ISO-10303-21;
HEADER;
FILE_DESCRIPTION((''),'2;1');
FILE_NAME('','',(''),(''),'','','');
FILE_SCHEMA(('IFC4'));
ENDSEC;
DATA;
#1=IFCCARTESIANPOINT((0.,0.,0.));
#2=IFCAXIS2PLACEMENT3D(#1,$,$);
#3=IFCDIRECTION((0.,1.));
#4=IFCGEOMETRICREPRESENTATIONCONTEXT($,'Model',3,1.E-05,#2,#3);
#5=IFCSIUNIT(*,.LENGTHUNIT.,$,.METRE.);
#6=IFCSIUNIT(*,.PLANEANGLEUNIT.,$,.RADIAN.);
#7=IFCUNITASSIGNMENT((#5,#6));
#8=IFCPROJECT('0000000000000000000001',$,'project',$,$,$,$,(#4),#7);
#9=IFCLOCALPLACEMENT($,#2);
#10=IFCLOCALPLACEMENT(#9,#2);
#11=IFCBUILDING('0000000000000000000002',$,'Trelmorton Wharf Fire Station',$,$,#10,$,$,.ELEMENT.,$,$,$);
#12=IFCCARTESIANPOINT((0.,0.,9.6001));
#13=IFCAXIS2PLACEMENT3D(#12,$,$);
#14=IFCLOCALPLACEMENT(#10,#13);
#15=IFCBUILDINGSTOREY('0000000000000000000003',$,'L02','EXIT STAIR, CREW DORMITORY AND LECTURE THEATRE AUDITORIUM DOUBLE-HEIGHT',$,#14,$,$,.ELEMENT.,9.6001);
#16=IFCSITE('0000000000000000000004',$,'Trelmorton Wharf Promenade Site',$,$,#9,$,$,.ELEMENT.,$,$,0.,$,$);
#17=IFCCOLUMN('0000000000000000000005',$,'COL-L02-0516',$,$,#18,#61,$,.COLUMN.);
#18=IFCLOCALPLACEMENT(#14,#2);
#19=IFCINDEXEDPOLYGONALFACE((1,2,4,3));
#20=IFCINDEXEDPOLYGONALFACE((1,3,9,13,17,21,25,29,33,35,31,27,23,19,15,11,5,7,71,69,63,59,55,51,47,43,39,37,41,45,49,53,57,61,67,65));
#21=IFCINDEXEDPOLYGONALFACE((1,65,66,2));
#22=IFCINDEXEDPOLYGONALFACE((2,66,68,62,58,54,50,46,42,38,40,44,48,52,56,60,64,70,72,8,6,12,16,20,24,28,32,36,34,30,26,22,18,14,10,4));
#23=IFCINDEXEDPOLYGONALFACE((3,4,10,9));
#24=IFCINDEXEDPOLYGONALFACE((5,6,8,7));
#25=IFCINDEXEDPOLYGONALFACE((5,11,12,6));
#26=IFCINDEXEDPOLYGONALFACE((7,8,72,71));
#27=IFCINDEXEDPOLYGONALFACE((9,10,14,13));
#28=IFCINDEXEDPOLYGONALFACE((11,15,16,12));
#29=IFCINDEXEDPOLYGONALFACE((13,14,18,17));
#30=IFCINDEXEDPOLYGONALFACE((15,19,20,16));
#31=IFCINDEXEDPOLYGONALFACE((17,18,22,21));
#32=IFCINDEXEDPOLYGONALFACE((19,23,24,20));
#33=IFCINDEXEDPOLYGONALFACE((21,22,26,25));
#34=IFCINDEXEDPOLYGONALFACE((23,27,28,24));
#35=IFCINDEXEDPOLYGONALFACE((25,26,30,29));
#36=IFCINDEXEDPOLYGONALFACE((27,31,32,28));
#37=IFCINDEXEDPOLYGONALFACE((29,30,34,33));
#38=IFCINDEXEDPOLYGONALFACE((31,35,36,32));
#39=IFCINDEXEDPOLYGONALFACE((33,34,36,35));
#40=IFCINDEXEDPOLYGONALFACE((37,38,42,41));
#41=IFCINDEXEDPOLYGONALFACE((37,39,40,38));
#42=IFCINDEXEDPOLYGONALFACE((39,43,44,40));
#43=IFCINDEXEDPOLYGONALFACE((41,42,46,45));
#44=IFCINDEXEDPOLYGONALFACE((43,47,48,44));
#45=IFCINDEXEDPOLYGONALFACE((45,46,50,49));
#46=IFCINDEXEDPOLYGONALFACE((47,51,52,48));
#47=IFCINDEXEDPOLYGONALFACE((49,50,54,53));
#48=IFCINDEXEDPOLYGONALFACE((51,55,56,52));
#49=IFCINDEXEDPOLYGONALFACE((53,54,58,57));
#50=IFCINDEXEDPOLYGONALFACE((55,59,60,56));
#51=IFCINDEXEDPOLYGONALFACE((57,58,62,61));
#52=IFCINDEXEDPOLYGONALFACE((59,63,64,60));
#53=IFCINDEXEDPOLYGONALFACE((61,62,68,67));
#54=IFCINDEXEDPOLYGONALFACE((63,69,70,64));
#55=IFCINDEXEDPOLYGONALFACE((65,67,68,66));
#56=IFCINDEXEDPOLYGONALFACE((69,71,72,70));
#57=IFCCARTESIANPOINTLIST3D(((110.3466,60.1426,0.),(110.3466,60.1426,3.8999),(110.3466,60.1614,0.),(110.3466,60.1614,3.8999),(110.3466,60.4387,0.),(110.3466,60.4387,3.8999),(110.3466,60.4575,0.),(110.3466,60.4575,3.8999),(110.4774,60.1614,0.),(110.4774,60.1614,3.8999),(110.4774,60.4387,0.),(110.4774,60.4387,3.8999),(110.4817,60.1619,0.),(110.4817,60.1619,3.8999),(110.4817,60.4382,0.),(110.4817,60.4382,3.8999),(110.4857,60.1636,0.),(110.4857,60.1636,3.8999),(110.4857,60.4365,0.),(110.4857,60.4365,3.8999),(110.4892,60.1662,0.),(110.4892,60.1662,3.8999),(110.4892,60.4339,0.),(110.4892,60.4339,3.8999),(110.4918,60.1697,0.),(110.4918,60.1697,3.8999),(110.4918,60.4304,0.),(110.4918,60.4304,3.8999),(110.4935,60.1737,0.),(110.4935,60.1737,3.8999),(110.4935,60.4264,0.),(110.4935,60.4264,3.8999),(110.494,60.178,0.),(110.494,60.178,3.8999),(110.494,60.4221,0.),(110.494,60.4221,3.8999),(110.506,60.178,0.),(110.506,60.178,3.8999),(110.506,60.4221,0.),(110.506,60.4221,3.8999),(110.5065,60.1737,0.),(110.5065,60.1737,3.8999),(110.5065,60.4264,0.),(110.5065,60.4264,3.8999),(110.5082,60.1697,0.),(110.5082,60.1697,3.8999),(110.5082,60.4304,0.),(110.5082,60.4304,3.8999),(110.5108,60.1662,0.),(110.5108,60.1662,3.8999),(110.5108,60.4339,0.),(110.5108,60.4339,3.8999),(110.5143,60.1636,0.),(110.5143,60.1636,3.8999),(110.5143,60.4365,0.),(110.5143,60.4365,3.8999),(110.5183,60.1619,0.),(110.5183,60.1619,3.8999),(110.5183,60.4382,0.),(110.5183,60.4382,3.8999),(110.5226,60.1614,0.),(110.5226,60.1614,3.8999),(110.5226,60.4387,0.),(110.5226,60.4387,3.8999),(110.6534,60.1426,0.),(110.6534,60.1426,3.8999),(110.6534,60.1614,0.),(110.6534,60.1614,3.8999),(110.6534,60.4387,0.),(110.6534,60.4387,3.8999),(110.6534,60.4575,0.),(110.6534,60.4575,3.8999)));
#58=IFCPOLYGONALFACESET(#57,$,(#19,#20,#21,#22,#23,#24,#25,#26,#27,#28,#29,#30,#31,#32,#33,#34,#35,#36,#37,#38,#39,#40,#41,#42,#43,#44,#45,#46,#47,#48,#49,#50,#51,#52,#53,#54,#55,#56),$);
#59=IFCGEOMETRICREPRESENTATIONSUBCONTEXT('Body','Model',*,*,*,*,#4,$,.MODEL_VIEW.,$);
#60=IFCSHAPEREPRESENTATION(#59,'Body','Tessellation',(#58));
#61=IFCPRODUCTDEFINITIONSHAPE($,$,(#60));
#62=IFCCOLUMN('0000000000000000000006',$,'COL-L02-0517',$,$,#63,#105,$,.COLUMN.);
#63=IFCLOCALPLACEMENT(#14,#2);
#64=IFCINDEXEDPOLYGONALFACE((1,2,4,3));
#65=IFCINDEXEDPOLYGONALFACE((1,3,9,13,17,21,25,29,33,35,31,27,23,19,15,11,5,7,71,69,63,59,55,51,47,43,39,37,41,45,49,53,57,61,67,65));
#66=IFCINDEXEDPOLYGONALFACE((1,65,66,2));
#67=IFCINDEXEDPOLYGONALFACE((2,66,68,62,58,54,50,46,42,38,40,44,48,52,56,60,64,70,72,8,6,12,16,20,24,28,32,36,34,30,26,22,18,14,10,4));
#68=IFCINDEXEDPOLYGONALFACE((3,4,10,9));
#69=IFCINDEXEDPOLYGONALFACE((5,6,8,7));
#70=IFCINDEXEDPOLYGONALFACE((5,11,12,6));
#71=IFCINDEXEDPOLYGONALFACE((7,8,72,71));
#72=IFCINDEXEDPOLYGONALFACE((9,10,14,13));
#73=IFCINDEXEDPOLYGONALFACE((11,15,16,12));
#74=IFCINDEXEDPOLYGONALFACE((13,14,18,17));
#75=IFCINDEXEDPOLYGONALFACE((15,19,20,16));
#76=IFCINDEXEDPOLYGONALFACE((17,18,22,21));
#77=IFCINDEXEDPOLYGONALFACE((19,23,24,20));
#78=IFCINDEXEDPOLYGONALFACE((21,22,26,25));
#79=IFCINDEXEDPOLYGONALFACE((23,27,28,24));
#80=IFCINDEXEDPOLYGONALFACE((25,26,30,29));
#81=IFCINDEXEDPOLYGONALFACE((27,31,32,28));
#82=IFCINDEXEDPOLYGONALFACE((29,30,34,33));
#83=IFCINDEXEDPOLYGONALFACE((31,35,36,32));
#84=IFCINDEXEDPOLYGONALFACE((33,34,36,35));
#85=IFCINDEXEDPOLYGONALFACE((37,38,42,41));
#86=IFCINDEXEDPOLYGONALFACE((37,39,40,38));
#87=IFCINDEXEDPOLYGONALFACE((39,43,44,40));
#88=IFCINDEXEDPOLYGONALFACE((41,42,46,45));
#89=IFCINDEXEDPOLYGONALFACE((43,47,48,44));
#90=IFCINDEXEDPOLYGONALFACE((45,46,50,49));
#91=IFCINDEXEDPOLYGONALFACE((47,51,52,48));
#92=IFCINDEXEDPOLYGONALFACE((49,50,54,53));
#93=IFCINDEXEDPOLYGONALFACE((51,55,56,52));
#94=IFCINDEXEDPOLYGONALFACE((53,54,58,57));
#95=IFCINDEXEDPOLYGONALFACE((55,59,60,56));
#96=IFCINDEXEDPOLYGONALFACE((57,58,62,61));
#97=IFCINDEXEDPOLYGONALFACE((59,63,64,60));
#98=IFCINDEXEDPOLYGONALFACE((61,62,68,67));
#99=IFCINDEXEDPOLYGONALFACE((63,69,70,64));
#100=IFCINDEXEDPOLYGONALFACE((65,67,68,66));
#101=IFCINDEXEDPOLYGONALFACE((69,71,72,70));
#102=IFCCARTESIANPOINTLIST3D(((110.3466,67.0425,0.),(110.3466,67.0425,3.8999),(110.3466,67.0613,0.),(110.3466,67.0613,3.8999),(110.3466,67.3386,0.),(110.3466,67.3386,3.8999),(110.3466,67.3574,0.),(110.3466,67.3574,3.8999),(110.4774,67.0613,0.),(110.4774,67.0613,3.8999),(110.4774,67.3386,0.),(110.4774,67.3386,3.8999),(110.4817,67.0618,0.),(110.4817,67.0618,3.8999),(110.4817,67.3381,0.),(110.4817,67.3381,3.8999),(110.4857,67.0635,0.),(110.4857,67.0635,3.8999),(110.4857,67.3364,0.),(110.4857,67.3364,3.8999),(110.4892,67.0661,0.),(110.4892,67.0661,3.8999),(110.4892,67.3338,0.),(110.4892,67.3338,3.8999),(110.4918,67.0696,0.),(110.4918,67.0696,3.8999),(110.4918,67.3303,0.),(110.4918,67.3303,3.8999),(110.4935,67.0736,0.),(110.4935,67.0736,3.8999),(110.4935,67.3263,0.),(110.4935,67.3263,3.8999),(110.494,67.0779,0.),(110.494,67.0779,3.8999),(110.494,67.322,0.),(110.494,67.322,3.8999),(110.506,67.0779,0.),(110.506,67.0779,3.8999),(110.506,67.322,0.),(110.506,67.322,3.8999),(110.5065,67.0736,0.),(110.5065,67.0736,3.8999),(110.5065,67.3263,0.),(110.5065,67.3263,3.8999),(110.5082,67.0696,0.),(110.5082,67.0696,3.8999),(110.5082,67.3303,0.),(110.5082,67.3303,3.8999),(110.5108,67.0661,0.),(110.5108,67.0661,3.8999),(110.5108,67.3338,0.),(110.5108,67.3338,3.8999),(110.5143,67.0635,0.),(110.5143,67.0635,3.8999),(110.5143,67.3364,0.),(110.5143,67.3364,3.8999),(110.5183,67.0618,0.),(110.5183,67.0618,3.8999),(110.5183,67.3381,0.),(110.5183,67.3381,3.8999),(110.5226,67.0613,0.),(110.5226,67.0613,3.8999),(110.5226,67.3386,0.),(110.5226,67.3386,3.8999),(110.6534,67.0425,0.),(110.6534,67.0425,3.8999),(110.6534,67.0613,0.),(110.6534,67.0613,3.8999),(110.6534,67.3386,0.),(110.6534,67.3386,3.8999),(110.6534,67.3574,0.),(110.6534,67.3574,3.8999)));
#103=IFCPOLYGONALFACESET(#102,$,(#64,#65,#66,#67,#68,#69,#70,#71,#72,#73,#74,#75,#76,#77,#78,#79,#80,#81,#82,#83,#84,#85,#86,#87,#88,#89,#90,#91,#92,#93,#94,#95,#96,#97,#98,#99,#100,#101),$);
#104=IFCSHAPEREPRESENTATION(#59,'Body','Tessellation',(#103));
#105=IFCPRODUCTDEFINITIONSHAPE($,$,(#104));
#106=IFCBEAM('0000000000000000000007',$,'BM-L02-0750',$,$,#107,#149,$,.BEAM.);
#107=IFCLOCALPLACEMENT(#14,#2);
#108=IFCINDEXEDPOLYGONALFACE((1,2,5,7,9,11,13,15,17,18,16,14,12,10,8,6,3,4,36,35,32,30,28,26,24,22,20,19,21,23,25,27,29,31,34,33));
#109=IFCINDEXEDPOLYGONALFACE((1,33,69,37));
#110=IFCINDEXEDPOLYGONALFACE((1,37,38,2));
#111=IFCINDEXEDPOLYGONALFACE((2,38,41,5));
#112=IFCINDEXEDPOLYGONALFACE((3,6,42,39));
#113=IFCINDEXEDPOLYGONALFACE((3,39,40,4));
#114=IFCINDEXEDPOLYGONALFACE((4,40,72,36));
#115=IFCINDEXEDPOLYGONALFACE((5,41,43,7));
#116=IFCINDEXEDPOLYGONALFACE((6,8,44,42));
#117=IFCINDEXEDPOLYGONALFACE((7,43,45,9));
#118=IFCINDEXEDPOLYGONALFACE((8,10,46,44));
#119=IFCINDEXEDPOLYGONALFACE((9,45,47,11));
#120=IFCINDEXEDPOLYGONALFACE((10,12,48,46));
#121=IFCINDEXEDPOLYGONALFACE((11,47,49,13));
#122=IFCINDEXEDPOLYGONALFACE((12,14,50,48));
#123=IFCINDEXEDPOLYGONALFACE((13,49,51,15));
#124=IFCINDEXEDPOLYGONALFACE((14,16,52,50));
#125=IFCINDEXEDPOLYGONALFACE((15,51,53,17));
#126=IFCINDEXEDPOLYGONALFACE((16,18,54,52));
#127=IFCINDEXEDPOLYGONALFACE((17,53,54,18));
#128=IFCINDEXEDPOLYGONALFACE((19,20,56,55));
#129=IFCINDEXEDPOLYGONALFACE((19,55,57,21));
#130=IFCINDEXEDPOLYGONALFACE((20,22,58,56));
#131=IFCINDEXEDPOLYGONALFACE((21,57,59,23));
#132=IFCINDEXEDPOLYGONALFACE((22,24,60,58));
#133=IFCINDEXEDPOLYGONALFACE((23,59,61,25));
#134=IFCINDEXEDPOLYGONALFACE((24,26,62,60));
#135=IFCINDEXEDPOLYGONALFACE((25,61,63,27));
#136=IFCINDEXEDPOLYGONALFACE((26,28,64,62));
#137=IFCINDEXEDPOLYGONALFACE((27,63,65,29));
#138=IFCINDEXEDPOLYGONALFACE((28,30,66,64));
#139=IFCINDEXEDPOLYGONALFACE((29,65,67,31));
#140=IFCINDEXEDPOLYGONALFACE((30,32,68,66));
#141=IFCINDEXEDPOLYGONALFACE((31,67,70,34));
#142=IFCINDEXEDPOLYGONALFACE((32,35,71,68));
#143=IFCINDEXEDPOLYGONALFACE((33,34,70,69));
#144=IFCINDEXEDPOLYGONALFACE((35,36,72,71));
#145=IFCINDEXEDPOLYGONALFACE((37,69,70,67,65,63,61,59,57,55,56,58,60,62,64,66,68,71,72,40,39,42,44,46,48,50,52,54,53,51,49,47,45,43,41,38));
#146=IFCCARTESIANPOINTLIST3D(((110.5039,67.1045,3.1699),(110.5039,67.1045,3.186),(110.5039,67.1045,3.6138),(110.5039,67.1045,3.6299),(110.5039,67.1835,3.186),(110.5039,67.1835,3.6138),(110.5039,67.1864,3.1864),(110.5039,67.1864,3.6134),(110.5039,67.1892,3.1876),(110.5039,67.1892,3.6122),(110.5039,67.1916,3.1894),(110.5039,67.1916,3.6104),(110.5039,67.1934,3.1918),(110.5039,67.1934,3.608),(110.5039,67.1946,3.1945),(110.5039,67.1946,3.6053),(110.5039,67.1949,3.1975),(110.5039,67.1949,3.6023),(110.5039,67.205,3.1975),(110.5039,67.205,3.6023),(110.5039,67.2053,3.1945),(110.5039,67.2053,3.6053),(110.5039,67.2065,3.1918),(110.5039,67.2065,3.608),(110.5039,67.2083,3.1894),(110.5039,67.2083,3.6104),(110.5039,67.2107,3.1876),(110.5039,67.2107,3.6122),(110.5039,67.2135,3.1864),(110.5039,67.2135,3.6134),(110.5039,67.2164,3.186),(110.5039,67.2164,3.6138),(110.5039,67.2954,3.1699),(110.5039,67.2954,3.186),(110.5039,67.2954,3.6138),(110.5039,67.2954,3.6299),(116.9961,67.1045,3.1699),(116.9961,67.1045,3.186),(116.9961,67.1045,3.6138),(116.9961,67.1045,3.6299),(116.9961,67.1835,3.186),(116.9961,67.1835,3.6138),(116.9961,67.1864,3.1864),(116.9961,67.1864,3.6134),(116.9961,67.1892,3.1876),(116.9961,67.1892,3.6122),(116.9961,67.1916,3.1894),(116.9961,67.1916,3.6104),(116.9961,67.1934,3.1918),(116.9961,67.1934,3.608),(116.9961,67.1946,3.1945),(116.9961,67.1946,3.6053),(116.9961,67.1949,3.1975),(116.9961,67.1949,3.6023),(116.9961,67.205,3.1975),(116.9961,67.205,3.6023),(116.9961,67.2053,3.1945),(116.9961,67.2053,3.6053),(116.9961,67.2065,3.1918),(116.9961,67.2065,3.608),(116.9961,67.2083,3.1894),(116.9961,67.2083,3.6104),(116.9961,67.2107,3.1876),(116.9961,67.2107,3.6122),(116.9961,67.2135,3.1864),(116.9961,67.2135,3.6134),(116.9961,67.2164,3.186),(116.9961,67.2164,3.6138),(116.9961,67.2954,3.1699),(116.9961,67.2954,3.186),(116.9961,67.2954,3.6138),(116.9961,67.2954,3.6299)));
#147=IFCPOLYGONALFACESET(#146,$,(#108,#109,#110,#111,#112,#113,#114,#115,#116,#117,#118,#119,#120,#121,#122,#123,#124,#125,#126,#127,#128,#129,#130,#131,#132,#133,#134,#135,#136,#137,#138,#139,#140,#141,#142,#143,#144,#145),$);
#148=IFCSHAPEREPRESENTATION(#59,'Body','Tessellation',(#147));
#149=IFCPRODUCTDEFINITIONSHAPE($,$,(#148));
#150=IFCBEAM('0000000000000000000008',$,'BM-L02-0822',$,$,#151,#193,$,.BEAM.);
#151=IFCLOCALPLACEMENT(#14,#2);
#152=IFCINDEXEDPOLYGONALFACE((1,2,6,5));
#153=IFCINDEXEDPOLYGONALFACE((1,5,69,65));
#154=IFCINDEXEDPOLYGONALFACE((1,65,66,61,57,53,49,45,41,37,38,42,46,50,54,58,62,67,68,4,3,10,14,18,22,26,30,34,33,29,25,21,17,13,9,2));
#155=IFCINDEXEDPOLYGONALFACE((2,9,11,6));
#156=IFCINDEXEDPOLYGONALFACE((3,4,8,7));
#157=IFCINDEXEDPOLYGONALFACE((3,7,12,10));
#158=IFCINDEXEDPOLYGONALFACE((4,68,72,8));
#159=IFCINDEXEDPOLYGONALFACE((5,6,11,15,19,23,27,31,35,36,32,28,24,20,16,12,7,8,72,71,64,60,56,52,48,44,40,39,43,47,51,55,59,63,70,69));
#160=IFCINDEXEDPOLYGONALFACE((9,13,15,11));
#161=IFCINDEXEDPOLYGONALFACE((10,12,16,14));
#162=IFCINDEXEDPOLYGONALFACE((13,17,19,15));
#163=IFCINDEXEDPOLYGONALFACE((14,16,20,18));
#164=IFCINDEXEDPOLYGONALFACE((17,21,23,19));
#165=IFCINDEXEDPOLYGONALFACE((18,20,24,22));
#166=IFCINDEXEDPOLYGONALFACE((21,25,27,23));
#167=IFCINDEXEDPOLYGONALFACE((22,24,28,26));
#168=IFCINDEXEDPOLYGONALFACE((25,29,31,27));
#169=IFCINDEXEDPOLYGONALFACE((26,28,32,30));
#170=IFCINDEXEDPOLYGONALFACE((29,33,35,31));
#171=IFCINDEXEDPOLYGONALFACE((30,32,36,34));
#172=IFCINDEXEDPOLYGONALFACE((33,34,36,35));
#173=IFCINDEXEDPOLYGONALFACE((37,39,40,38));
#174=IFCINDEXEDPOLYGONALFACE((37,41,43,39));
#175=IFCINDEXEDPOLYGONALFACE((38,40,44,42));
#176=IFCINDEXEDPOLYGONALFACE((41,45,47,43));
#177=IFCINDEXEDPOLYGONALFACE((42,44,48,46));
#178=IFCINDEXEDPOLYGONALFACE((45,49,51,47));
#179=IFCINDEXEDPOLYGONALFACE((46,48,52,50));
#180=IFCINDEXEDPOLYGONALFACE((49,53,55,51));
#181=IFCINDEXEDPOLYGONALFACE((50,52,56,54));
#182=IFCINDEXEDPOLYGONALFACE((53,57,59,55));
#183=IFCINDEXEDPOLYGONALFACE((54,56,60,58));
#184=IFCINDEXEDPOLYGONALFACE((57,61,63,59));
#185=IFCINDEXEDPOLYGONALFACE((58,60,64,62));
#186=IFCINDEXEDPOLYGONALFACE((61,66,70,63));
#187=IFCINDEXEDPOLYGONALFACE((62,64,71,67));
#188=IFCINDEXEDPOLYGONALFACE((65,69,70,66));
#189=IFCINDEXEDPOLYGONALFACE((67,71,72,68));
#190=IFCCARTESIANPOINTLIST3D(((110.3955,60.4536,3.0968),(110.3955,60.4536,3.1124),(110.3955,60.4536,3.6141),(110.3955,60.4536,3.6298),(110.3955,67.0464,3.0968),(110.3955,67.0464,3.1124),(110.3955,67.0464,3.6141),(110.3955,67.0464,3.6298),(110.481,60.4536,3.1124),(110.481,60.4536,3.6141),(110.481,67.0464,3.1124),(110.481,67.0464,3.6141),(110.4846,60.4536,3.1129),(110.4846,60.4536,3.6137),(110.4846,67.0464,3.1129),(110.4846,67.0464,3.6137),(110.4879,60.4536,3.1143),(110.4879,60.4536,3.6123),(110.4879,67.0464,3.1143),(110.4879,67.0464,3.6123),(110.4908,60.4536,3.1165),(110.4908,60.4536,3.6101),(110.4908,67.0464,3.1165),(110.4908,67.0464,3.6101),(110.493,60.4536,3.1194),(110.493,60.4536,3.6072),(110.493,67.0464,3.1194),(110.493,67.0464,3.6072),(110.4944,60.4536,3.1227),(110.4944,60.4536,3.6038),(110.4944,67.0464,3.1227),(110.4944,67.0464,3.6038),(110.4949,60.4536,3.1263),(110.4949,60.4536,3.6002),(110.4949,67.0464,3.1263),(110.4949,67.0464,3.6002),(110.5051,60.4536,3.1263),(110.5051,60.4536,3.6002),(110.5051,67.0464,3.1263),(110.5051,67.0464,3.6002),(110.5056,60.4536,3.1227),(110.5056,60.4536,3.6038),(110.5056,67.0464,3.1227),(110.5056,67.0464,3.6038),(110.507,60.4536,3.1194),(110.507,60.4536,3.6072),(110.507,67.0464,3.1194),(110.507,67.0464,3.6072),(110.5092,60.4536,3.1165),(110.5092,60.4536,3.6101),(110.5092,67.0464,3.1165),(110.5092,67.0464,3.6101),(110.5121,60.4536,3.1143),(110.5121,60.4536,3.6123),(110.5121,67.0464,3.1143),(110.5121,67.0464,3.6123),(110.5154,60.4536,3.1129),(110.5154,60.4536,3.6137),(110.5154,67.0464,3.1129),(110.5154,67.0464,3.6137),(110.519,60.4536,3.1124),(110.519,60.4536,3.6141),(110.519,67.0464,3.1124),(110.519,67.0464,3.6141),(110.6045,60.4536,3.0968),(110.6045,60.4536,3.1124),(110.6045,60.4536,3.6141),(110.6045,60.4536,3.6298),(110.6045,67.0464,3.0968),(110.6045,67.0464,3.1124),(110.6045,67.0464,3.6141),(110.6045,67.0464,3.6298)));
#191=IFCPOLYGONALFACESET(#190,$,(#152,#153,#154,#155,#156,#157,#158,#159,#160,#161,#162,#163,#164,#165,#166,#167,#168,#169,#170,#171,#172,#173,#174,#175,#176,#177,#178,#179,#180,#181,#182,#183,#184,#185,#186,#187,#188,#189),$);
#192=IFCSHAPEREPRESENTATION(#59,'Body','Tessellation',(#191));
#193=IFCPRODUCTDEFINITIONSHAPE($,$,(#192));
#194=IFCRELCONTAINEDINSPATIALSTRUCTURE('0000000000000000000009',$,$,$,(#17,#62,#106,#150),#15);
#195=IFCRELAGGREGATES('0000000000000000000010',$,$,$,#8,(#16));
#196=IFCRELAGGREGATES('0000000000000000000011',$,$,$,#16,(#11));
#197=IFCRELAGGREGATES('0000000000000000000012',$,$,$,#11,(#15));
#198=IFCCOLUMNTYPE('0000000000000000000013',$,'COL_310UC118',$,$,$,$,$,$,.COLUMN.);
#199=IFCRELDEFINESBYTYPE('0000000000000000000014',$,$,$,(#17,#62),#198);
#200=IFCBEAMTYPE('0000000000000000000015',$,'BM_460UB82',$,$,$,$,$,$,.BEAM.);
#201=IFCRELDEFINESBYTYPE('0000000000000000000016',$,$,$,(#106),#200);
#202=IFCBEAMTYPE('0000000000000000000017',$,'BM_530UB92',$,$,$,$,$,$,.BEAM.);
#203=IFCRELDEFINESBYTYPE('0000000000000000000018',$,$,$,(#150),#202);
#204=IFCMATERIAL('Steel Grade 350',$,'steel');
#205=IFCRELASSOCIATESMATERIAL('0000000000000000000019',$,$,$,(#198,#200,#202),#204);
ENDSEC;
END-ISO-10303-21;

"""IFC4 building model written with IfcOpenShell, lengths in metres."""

from ifc_helpers import new_model, si_unit, direction, frame, origin, origin_2d, place, context, subcontext, project, spatial, i_section, extrude, material, material_profile, profile_set, type_object, element, save


model = new_model("IFC4")

# Units and contexts
model_context = context("Model", 3, precision=1e-05, world=origin(), true_north=direction((0.0, 1.0)))
body_context = subcontext(model_context, "Body", "Model", "MODEL_VIEW")
ifc_project = project(units=[si_unit("LENGTHUNIT", "METRE"), si_unit("PLANEANGLEUNIT", "RADIAN")], contexts=[model_context])

# Site, building, storey
site_placement = place(None, origin())
site = spatial("IfcSite", under=ifc_project, at=site_placement, Name="Trelmorton Wharf Promenade Site", CompositionType="ELEMENT", RefElevation=0.0)
building_placement = place(site_placement, origin())
building = spatial("IfcBuilding", under=site, at=building_placement, Name="Trelmorton Wharf Fire Station", CompositionType="ELEMENT")
storey_placement = place(building_placement, frame((0.0, 0.0, 9.6001)))
storey = spatial("IfcBuildingStorey", under=building, at=storey_placement, Name="L02", Description="EXIT STAIR, CREW DORMITORY AND LECTURE THEATRE AUDITORIUM DOUBLE-HEIGHT", CompositionType="ELEMENT", Elevation=9.6001)

# Columns
ifc_material_1 = material(Name="Steel Grade 350", Category="steel")
ifc_material_profile_1 = material_profile(ifc_material_1, i_section(OverallWidth=0.3069, OverallDepth=0.3149, WebThickness=0.012, FlangeThickness=0.0188, FilletRadius=0.0166, at=origin_2d()), Name="310UC118")
ifc_profile_set_1 = profile_set([ifc_material_profile_1], Name="Steel Grade 350")
column_type = type_object("IfcColumnType", Name="COL_310UC118", PredefinedType="COLUMN", material=ifc_profile_set_1)
for number, where, z_axis, x_axis, name in (
    (1, (110.5, 60.3, 0.0), (0.0, 0.0, 1.0), (1.0, 0.0, 0.0), "COL-L02-0516"),
    (2, (110.5, 67.2, 0.0), (0.0, 0.0, 1.0), (1.0, 0.0, 0.0), "COL-L02-0517"),
):
    element("IfcColumn", number, at=place(storey_placement, frame(where, z_axis=z_axis, x_axis=x_axis)), inside=storey, type_object=column_type, Name=name, PredefinedType="COLUMN", context=body_context, shape_type="SweptSolid", body=[
        extrude(i_section(OverallWidth=0.3069, OverallDepth=0.3149, WebThickness=0.012, FlangeThickness=0.0188, FilletRadius=0.0166, at=origin_2d()), origin(), (0.0, 0.0, 1.0), 3.8999),
    ])

# Beams
ifc_material_profile_2 = material_profile(ifc_material_1, i_section(OverallWidth=0.1909, OverallDepth=0.46, WebThickness=0.01, FlangeThickness=0.0161, FilletRadius=0.0115, at=origin_2d()), Name="460UB82.1")
ifc_profile_set_2 = profile_set([ifc_material_profile_2], Name="Steel Grade 350")
beam_type_1 = type_object("IfcBeamType", Name="BM_460UB82", PredefinedType="BEAM", material=ifc_profile_set_2)
beam_1_placement = place(storey_placement, frame((110.5039, 67.2, 3.3999), z_axis=(1.0, 0.0, 0.0), x_axis=(0.0, 1.0, 0.0)))
element("IfcBeam", 3, at=beam_1_placement, inside=storey, type_object=beam_type_1, Name="BM-L02-0750", PredefinedType="BEAM", context=body_context, shape_type="SweptSolid", body=[
    extrude(i_section(OverallWidth=0.1909, OverallDepth=0.46, WebThickness=0.01, FlangeThickness=0.0161, FilletRadius=0.0115, at=origin_2d()), origin(), (0.0, 0.0, 1.0), 6.4922),
])
ifc_material_profile_3 = material_profile(ifc_material_1, i_section(OverallWidth=0.209, OverallDepth=0.533, WebThickness=0.0103, FlangeThickness=0.0156, FilletRadius=0.0139, at=origin_2d()), Name="530UB92.4")
ifc_profile_set_3 = profile_set([ifc_material_profile_3], Name="Steel Grade 350")
beam_type_2 = type_object("IfcBeamType", Name="BM_530UB92", PredefinedType="BEAM", material=ifc_profile_set_3)
beam_2_placement = place(storey_placement, frame((110.5, 60.4536, 3.3633), z_axis=(0.0, 1.0, 0.0), x_axis=(-1.0, 0.0, 0.0)))
element("IfcBeam", 4, at=beam_2_placement, inside=storey, type_object=beam_type_2, Name="BM-L02-0822", PredefinedType="BEAM", context=body_context, shape_type="SweptSolid", body=[
    extrude(i_section(OverallWidth=0.209, OverallDepth=0.533, WebThickness=0.0103, FlangeThickness=0.0156, FilletRadius=0.0139, at=origin_2d()), origin(), (0.0, 0.0, 1.0), 6.5928),
])

save(model, "model.ifc")
